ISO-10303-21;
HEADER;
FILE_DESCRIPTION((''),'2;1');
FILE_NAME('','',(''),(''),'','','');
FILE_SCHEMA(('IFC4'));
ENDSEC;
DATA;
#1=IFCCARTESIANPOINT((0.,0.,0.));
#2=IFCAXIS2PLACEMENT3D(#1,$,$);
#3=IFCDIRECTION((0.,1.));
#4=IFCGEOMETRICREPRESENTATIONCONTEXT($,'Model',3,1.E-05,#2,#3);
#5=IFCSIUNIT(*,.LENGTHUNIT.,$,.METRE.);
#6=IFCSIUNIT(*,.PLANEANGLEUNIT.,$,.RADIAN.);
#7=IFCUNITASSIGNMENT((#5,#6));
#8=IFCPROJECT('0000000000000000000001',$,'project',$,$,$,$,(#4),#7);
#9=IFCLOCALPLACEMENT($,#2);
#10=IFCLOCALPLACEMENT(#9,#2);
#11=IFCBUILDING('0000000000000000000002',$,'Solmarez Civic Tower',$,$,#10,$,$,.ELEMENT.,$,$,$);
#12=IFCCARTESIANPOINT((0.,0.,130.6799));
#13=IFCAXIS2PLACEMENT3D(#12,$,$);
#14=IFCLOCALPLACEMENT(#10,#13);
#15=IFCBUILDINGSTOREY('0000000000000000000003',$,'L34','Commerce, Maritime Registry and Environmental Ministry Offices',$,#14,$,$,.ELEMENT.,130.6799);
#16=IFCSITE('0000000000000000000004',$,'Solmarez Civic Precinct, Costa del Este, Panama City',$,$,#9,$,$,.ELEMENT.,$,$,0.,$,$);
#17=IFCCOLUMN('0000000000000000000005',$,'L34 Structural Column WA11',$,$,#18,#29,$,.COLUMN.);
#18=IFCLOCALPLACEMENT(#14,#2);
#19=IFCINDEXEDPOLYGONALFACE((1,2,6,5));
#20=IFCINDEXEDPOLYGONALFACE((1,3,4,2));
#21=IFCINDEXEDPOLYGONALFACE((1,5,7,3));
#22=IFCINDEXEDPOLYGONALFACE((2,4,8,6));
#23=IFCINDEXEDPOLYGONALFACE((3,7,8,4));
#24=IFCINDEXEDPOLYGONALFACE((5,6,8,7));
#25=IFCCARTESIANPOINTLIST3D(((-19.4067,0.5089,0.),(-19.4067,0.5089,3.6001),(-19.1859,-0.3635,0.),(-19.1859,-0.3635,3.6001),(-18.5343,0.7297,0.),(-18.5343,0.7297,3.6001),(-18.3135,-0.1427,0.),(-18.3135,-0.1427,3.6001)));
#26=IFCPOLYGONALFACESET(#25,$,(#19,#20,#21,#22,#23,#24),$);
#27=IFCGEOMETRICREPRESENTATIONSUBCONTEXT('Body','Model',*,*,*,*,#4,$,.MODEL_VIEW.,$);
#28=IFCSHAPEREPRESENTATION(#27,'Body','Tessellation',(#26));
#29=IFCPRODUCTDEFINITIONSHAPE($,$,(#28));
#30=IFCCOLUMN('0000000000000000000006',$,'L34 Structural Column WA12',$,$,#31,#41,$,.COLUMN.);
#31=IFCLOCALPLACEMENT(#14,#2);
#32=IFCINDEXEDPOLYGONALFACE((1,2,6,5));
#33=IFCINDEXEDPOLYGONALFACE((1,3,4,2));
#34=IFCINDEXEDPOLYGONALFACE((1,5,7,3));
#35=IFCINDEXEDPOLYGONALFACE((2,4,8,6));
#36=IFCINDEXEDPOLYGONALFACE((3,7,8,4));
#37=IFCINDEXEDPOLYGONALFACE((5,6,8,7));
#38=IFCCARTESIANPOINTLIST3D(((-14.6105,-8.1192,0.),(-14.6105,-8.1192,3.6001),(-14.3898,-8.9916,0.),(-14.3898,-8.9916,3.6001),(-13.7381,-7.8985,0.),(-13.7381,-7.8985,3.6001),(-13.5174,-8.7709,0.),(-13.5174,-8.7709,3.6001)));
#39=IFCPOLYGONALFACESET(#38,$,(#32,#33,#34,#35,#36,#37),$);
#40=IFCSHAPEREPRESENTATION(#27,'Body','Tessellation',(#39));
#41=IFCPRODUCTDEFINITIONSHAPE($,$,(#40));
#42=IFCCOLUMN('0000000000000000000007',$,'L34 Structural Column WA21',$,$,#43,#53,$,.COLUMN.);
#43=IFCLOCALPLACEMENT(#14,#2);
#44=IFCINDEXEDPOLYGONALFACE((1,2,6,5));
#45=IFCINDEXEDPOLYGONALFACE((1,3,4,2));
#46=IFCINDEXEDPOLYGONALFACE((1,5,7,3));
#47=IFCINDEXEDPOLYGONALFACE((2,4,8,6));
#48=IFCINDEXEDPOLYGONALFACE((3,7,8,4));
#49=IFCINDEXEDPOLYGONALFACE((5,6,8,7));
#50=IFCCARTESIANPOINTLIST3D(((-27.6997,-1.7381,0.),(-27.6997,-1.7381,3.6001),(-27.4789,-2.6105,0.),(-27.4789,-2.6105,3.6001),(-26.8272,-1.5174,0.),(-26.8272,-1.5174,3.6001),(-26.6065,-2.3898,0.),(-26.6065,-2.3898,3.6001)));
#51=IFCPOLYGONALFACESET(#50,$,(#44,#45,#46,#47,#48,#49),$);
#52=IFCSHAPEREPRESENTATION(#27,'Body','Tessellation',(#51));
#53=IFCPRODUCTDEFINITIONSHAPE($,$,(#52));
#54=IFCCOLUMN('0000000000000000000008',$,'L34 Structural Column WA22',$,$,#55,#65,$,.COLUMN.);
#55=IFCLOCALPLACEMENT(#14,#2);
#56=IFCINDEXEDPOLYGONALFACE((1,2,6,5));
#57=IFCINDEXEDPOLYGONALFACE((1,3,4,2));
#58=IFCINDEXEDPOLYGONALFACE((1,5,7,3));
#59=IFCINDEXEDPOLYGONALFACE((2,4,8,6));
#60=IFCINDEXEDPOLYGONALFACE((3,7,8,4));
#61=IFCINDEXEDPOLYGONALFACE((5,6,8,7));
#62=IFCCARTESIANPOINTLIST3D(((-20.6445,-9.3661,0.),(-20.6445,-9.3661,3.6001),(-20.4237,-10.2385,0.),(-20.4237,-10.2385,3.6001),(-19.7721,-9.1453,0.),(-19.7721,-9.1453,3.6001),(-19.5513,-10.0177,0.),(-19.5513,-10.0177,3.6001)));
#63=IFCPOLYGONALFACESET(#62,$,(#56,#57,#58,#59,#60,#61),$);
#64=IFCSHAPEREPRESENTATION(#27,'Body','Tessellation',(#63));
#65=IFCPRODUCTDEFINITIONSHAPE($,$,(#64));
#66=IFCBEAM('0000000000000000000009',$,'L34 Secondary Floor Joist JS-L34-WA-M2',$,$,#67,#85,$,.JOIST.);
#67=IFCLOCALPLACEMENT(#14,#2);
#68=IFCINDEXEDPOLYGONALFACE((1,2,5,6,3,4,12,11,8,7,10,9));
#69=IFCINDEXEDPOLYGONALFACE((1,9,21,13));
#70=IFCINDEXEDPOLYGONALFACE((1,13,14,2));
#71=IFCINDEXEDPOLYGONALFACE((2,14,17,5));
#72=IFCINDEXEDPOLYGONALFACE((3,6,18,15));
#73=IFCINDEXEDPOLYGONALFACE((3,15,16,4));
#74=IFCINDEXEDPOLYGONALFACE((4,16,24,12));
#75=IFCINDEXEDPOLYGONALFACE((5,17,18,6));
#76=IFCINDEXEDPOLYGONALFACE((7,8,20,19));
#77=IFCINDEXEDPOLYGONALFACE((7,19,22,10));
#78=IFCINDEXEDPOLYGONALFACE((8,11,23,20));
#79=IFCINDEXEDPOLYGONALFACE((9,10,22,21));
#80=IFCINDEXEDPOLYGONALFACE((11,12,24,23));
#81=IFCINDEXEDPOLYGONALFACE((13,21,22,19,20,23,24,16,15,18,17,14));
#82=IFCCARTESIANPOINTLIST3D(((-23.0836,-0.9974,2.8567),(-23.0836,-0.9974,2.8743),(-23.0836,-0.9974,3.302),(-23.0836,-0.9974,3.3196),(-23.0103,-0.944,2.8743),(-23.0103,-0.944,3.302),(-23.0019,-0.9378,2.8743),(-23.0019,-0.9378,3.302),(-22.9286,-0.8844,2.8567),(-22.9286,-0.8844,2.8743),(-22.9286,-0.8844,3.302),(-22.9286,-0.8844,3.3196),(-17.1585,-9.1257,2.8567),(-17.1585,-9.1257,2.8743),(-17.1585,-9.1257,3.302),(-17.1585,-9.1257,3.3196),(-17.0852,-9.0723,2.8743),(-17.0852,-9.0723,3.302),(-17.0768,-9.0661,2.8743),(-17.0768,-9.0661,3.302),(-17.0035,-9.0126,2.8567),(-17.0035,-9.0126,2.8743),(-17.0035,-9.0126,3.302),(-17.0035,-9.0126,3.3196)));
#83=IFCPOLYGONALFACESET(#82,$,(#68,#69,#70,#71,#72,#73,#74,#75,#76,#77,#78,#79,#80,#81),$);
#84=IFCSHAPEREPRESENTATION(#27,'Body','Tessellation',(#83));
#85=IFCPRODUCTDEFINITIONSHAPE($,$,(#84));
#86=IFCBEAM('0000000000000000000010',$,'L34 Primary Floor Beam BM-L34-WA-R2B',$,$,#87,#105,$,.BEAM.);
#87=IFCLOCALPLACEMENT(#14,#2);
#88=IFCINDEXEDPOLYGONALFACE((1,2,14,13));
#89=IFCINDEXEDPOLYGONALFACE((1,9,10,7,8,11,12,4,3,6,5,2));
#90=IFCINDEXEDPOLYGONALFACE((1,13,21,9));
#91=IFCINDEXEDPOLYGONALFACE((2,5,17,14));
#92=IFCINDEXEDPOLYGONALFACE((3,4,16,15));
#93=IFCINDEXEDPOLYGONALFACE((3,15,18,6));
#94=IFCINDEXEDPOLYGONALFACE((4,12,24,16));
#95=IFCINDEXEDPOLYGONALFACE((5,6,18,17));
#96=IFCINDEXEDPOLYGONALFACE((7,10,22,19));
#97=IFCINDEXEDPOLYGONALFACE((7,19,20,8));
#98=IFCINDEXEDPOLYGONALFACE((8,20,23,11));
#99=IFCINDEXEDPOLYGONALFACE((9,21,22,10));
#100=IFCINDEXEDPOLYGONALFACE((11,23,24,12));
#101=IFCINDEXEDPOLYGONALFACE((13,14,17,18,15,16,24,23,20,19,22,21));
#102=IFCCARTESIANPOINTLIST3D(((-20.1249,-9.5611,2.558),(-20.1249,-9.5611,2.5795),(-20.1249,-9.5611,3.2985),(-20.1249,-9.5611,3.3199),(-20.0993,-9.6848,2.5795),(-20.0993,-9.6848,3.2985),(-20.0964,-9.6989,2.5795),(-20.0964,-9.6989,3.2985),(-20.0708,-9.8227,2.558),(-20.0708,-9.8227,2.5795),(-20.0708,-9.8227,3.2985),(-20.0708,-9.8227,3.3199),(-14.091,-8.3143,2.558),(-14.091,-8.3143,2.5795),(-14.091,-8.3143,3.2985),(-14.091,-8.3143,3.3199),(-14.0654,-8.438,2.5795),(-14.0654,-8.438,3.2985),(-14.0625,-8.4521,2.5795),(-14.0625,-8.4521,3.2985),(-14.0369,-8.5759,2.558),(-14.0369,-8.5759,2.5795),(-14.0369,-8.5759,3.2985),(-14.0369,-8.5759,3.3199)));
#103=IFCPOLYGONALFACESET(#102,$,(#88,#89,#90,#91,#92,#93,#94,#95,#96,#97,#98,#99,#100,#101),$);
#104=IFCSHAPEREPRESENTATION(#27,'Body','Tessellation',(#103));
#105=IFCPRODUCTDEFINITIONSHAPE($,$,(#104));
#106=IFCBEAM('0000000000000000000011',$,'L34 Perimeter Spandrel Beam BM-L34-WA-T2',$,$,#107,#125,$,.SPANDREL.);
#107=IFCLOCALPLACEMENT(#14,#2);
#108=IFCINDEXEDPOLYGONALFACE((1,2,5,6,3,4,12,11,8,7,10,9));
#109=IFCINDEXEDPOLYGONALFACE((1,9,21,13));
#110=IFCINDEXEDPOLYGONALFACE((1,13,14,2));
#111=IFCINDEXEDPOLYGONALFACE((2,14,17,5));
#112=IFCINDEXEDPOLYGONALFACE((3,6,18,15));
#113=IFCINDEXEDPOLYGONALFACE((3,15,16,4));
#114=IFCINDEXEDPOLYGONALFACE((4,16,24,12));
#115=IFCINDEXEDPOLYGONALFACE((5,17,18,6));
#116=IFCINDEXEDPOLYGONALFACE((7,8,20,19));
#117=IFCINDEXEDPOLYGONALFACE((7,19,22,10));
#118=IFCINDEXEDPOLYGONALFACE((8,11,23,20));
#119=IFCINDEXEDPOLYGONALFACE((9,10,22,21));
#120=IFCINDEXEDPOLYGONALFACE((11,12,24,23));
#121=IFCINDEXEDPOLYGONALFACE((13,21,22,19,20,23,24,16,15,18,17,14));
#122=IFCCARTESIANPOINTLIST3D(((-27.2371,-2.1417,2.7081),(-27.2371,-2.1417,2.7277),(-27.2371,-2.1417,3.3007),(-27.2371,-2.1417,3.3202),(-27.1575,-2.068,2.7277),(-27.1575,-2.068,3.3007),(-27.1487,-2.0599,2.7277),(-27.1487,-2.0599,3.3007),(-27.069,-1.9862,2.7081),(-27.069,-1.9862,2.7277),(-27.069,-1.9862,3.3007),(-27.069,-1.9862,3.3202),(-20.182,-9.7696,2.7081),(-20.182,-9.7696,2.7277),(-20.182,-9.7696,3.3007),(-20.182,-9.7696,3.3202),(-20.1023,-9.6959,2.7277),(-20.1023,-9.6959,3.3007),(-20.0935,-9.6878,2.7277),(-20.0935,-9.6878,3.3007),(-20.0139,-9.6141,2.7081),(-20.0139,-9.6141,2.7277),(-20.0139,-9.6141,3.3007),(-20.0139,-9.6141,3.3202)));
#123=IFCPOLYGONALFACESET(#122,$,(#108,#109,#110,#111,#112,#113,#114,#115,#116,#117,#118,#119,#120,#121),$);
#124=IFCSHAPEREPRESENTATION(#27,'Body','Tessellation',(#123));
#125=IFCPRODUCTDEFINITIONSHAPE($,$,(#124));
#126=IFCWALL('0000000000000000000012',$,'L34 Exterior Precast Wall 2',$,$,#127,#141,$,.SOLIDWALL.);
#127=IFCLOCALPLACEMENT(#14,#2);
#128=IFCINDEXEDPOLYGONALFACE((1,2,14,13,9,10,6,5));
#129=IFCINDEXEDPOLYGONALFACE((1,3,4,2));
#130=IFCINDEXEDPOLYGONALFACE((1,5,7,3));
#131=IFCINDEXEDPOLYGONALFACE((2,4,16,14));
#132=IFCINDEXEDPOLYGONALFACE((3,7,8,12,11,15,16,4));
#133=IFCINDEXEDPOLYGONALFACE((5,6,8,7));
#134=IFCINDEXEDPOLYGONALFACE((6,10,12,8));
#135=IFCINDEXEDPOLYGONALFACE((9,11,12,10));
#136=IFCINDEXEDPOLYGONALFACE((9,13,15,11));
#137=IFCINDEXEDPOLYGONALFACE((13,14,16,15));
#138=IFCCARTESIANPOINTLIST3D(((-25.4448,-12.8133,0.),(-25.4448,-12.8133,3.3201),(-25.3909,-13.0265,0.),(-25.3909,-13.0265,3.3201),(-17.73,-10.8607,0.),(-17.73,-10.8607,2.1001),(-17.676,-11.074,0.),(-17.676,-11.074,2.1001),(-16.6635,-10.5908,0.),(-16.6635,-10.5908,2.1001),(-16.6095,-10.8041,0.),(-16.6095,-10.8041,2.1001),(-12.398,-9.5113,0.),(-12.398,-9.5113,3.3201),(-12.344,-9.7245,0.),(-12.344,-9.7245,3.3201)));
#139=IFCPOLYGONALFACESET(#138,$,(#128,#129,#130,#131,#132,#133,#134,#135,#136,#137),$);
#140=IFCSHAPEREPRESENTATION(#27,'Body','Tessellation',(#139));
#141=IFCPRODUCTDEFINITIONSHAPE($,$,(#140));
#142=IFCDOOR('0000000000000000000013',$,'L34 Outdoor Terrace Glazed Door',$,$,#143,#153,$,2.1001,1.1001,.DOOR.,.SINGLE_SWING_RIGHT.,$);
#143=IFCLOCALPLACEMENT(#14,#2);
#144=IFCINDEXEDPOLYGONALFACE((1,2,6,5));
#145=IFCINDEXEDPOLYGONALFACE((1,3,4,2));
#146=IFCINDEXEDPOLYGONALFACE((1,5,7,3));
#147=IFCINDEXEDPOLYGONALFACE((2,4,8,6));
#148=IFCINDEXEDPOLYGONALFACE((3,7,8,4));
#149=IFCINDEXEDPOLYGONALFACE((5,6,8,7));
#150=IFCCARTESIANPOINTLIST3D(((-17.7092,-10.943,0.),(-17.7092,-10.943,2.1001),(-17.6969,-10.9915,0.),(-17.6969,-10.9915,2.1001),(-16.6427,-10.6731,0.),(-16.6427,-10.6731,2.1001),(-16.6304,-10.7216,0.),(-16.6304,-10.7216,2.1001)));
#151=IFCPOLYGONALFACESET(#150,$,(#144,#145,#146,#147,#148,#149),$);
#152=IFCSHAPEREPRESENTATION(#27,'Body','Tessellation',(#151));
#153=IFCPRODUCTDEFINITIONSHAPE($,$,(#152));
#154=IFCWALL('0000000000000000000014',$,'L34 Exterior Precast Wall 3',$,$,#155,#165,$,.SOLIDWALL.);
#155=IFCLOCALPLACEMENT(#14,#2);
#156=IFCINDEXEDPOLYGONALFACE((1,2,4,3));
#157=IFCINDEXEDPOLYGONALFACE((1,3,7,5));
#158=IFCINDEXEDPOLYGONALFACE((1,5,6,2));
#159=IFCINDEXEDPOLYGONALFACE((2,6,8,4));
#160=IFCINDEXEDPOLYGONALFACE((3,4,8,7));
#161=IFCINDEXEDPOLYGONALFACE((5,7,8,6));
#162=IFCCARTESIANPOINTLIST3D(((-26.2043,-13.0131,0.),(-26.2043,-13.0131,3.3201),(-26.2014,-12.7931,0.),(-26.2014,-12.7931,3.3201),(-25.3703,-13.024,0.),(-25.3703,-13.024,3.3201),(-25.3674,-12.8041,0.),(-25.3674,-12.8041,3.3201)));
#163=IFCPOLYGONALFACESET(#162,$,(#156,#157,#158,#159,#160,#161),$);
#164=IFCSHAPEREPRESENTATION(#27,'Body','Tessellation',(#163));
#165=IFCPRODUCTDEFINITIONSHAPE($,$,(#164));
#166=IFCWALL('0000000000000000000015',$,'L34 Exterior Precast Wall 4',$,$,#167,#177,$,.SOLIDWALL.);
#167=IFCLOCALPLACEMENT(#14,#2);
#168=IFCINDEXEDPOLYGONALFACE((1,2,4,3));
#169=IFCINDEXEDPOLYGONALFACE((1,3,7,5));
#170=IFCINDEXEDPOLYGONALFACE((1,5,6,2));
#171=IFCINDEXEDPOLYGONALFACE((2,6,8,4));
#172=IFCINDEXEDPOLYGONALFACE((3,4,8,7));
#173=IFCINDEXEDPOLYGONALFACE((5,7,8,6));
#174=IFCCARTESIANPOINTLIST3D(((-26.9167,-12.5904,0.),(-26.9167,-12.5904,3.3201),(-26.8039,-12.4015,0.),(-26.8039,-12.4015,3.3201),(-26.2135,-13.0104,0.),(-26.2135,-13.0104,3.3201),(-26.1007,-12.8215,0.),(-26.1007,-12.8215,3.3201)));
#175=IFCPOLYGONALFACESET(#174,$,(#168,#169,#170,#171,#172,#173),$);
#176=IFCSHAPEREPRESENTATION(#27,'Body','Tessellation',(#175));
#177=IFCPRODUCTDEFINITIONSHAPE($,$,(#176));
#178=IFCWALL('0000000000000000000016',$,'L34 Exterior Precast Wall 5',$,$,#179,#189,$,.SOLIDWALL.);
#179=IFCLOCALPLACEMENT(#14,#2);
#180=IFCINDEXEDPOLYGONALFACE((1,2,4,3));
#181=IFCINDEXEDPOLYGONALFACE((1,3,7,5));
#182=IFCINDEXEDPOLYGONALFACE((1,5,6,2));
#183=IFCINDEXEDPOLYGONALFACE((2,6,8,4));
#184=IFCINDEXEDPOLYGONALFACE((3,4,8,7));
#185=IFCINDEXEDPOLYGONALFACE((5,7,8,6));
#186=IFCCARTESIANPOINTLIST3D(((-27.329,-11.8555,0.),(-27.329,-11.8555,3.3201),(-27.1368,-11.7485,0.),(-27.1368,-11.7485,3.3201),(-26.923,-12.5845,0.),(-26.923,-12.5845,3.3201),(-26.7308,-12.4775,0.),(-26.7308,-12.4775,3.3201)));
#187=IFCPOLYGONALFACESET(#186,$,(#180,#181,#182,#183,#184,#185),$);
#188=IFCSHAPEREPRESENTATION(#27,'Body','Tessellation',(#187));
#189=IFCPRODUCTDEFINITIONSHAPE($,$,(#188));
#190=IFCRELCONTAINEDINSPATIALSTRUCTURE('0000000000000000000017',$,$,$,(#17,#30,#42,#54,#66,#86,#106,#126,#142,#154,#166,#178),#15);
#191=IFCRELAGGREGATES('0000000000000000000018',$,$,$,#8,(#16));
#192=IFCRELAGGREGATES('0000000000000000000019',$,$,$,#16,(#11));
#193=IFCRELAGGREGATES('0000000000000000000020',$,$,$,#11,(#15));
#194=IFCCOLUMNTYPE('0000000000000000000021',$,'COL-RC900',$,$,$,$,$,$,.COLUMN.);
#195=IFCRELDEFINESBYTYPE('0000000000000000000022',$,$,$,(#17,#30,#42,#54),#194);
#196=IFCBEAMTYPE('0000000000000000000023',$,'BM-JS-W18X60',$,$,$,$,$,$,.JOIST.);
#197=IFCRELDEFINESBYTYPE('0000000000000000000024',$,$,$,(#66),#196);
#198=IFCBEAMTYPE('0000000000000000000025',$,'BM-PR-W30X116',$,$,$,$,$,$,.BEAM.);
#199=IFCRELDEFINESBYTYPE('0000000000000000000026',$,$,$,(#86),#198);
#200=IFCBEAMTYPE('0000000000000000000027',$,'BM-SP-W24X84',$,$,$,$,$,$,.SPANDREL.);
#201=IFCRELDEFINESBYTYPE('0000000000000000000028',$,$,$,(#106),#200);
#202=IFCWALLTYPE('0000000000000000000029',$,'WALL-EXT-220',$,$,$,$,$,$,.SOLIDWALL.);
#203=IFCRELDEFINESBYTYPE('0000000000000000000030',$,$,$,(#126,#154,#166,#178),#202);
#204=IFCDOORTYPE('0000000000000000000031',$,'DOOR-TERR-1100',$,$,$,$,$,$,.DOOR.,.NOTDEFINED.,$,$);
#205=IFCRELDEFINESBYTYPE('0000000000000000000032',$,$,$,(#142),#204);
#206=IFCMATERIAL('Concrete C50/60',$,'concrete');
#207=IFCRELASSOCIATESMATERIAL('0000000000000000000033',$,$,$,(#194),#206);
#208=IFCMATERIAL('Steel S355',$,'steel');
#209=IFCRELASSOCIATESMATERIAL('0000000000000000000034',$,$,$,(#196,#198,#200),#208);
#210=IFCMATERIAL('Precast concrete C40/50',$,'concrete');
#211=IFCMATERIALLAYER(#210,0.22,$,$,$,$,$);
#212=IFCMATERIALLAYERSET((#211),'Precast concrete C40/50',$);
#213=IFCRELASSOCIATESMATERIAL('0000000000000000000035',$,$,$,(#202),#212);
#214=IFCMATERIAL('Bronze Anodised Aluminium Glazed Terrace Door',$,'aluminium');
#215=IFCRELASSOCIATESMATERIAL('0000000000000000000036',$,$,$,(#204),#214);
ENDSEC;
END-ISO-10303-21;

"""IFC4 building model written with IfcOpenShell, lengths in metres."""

from ifc_helpers import new_model, si_unit, direction, frame, frame_2d, origin, origin_2d, place, context, subcontext, project, spatial, rectangle, i_section, extrude, material, layer, layer_set, material_profile, profile_set, type_object, element, fill, save


model = new_model("IFC4")

# Units and contexts
model_context = context("Model", 3, precision=1e-05, world=origin(), true_north=direction((0.0, 1.0)))
body_context = subcontext(model_context, "Body", "Model", "MODEL_VIEW")
ifc_project = project(units=[si_unit("LENGTHUNIT", "METRE"), si_unit("PLANEANGLEUNIT", "RADIAN")], contexts=[model_context])

# Site, building, storey
site_placement = place(None, origin())
site = spatial("IfcSite", under=ifc_project, at=site_placement, Name="Solmarez Civic Precinct, Costa del Este, Panama City", CompositionType="ELEMENT", RefElevation=0.0)
building_placement = place(site_placement, origin())
building = spatial("IfcBuilding", under=site, at=building_placement, Name="Solmarez Civic Tower", CompositionType="ELEMENT")
storey_placement = place(building_placement, frame((0.0, 0.0, 130.6799)))
storey = spatial("IfcBuildingStorey", under=building, at=storey_placement, Name="L34", Description="Commerce, Maritime Registry and Environmental Ministry Offices", CompositionType="ELEMENT", Elevation=130.6799)

# Columns
ifc_material_1 = material(Name="Concrete C50/60", Category="concrete")
ifc_material_profile_1 = material_profile(ifc_material_1, rectangle(XDim=0.8999, YDim=0.8999, at=origin_2d()), Name="RC900X900")
ifc_profile_set_1 = profile_set([ifc_material_profile_1], Name="Concrete C50/60")
column_type = type_object("IfcColumnType", Name="COL-RC900", PredefinedType="COLUMN", material=ifc_profile_set_1)
for number, where, z_axis, x_axis, name in (
    (1, (-18.8601, 0.1831, 0.0), (0.0, 0.0, 1.0), (0.969445, 0.245307, 0.0), "L34 Structural Column WA11"),
    (2, (-14.064, -8.4451, 0.0), (0.0, 0.0, 1.0), (0.969445, 0.245307, 0.0), "L34 Structural Column WA12"),
    (3, (-27.1531, -2.064, 0.0), (0.0, 0.0, 1.0), (0.969445, 0.245307, 0.0), "L34 Structural Column WA21"),
    (4, (-20.0979, -9.6919, 0.0), (0.0, 0.0, 1.0), (0.969445, 0.245307, 0.0), "L34 Structural Column WA22"),
):
    element("IfcColumn", number, at=place(storey_placement, frame(where, z_axis=z_axis, x_axis=x_axis)), inside=storey, type_object=column_type, Name=name, PredefinedType="COLUMN", context=body_context, shape_type="SweptSolid", body=[
        extrude(rectangle(XDim=0.8999, YDim=0.8999, at=origin_2d()), origin(), (0.0, 0.0, 1.0), 3.6001),
    ])

# Beams
ifc_material_2 = material(Name="Steel S355", Category="steel")
ifc_material_profile_2 = material_profile(ifc_material_2, i_section(OverallWidth=0.1919, OverallDepth=0.4629, WebThickness=0.0105, FlangeThickness=0.0176, at=origin_2d()), Name="W18X60")
ifc_profile_set_2 = profile_set([ifc_material_profile_2], Name="Steel S355")
beam_type_1 = type_object("IfcBeamType", Name="BM-JS-W18X60", PredefinedType="JOIST", material=ifc_profile_set_2)
beam_1_placement = place(storey_placement, frame((-23.0061, -0.9409, 3.0881), z_axis=(0.589059, -0.80809, 0.0), x_axis=(0.80809, 0.589059, 0.0)))
element("IfcBeam", 5, at=beam_1_placement, inside=storey, type_object=beam_type_1, Name="L34 Secondary Floor Joist JS-L34-WA-M2", PredefinedType="JOIST", context=body_context, shape_type="SweptSolid", body=[
    extrude(i_section(OverallWidth=0.1919, OverallDepth=0.4629, WebThickness=0.0105, FlangeThickness=0.0176, at=origin_2d()), origin(), (0.0, 0.0, 1.0), 10.0586),
])
ifc_material_profile_3 = material_profile(ifc_material_2, i_section(OverallWidth=0.2671, OverallDepth=0.762, WebThickness=0.0144, FlangeThickness=0.0215, at=origin_2d()), Name="W30X116")
ifc_profile_set_3 = profile_set([ifc_material_profile_3], Name="Steel S355")
beam_type_2 = type_object("IfcBeamType", Name="BM-PR-W30X116", PredefinedType="BEAM", material=ifc_profile_set_3)
beam_2_placement = place(storey_placement, frame((-14.064, -8.4451, 2.939), z_axis=(-0.979311, -0.202361, 0.0), x_axis=(0.202361, -0.979311, 0.0)))
element("IfcBeam", 6, at=beam_2_placement, inside=storey, type_object=beam_type_2, Name="L34 Primary Floor Beam BM-L34-WA-R2B", PredefinedType="BEAM", context=body_context, shape_type="SweptSolid", body=[
    extrude(i_section(OverallWidth=0.2671, OverallDepth=0.762, WebThickness=0.0144, FlangeThickness=0.0215, at=origin_2d()), origin(), (0.0, 0.0, 1.0), 6.1614),
])
ifc_material_profile_4 = material_profile(ifc_material_2, i_section(OverallWidth=0.229, OverallDepth=0.6121, WebThickness=0.012, FlangeThickness=0.0195, at=origin_2d()), Name="W24X84")
ifc_profile_set_4 = profile_set([ifc_material_profile_4], Name="Steel S355")
beam_type_3 = type_object("IfcBeamType", Name="BM-SP-W24X84", PredefinedType="SPANDREL", material=ifc_profile_set_4)
beam_3_placement = place(storey_placement, frame((-27.1531, -2.064, 3.0142), z_axis=(0.679008, -0.734131, 0.0), x_axis=(0.734131, 0.679008, 0.0)))
element("IfcBeam", 7, at=beam_3_placement, inside=storey, type_object=beam_type_3, Name="L34 Perimeter Spandrel Beam BM-L34-WA-T2", PredefinedType="SPANDREL", context=body_context, shape_type="SweptSolid", body=[
    extrude(i_section(OverallWidth=0.229, OverallDepth=0.6121, WebThickness=0.012, FlangeThickness=0.0195, at=origin_2d()), origin(), (0.0, 0.0, 1.0), 10.3904),
])

# Wall, opening, door
ifc_material_3 = material(Name="Precast concrete C40/50", Category="concrete")
ifc_layer_1 = layer(ifc_material_3, 0.22)
ifc_layer_set_1 = layer_set([ifc_layer_1], Name="Precast concrete C40/50")
wall_type_1 = type_object("IfcWallType", Name="WALL-EXT-220", PredefinedType="SOLIDWALL", material=ifc_layer_set_1)
wall_1_placement = place(storey_placement, frame((-12.3711, -9.6179, 0.0), z_axis=(0.0, 0.0, 1.0), x_axis=(-0.969434, -0.245352, 0.0)))
wall_1 = element("IfcWall", 8, at=wall_1_placement, inside=storey, type_object=wall_type_1, Name="L34 Exterior Precast Wall 2", PredefinedType="SOLIDWALL", context=body_context, shape_type="SweptSolid", body=[
    extrude(rectangle(XDim=13.4583, YDim=0.22, at=frame_2d((6.729, 0.0))), origin(), (0.0, 0.0, 1.0), 3.3201),
])
opening_1_placement = place(wall_1_placement, frame((4.3999, 0.0, 0.0)))
opening_1 = element("IfcOpeningElement", 9, at=opening_1_placement, cuts=wall_1, PredefinedType="OPENING", context=body_context, shape_type="SweptSolid", body=[
    extrude(rectangle(XDim=1.1001, YDim=2.1001, at=frame_2d((0.55, 1.05))), frame((0.0, 0.1199, 0.0), z_axis=(0.0, -1.0, 0.0), x_axis=(1.0, 0.0, 0.0)), (0.0, 0.0, 1.0), 0.24),
])
ifc_material_4 = material(Name="Bronze Anodised Aluminium Glazed Terrace Door", Category="aluminium")
door_type_1 = type_object("IfcDoorType", Name="DOOR-TERR-1100", OperationType="NOTDEFINED", PredefinedType="DOOR", material=ifc_material_4)
door_1_placement = place(opening_1_placement, origin())
door_1 = element("IfcDoor", 10, at=door_1_placement, inside=storey, type_object=door_type_1, Name="L34 Outdoor Terrace Glazed Door", OperationType="SINGLE_SWING_RIGHT", OverallHeight=2.1001, OverallWidth=1.1001, PredefinedType="DOOR", context=body_context, shape_type="SweptSolid", body=[
    extrude(rectangle(XDim=1.1001, YDim=2.1001, at=frame_2d((0.55, 1.05))), frame((0.0, 0.0249, 0.0), z_axis=(0.0, -1.0, 0.0), x_axis=(1.0, 0.0, 0.0)), (0.0, 0.0, 1.0), 0.05),
])
fill(opening_1, door_1)

# Walls
wall_2_placement = place(storey_placement, frame((-25.3689, -12.9141, 0.0), z_axis=(0.0, 0.0, 1.0), x_axis=(-0.999913, 0.013172, 0.0)))
element("IfcWall", 11, at=wall_2_placement, inside=storey, type_object=wall_type_1, Name="L34 Exterior Precast Wall 3", PredefinedType="SOLIDWALL", context=body_context, shape_type="SweptSolid", body=[
    extrude(rectangle(XDim=0.834, YDim=0.22, at=frame_2d((0.417, 0.0))), origin(), (0.0, 0.0, 1.0), 3.3201),
])
wall_3_placement = place(storey_placement, frame((-26.157, -12.916, 0.0), z_axis=(0.0, 0.0, 1.0), x_axis=(-0.858543, 0.512741, 0.0)))
element("IfcWall", 12, at=wall_3_placement, inside=storey, type_object=wall_type_1, Name="L34 Exterior Precast Wall 4", PredefinedType="SOLIDWALL", context=body_context, shape_type="SweptSolid", body=[
    extrude(rectangle(XDim=0.8191, YDim=0.22, at=frame_2d((0.4097, 0.0))), origin(), (0.0, 0.0, 1.0), 3.3201),
])
wall_4_placement = place(storey_placement, frame((-26.8269, -12.531, 0.0), z_axis=(0.0, 0.0, 1.0), x_axis=(-0.486562, 0.873646, 0.0)))
element("IfcWall", 13, at=wall_4_placement, inside=storey, type_object=wall_type_1, Name="L34 Exterior Precast Wall 5", PredefinedType="SOLIDWALL", context=body_context, shape_type="SweptSolid", body=[
    extrude(rectangle(XDim=0.8345, YDim=0.22, at=frame_2d((0.4172, 0.0))), origin(), (0.0, 0.0, 1.0), 3.3201),
])

save(model, "model.ifc")
